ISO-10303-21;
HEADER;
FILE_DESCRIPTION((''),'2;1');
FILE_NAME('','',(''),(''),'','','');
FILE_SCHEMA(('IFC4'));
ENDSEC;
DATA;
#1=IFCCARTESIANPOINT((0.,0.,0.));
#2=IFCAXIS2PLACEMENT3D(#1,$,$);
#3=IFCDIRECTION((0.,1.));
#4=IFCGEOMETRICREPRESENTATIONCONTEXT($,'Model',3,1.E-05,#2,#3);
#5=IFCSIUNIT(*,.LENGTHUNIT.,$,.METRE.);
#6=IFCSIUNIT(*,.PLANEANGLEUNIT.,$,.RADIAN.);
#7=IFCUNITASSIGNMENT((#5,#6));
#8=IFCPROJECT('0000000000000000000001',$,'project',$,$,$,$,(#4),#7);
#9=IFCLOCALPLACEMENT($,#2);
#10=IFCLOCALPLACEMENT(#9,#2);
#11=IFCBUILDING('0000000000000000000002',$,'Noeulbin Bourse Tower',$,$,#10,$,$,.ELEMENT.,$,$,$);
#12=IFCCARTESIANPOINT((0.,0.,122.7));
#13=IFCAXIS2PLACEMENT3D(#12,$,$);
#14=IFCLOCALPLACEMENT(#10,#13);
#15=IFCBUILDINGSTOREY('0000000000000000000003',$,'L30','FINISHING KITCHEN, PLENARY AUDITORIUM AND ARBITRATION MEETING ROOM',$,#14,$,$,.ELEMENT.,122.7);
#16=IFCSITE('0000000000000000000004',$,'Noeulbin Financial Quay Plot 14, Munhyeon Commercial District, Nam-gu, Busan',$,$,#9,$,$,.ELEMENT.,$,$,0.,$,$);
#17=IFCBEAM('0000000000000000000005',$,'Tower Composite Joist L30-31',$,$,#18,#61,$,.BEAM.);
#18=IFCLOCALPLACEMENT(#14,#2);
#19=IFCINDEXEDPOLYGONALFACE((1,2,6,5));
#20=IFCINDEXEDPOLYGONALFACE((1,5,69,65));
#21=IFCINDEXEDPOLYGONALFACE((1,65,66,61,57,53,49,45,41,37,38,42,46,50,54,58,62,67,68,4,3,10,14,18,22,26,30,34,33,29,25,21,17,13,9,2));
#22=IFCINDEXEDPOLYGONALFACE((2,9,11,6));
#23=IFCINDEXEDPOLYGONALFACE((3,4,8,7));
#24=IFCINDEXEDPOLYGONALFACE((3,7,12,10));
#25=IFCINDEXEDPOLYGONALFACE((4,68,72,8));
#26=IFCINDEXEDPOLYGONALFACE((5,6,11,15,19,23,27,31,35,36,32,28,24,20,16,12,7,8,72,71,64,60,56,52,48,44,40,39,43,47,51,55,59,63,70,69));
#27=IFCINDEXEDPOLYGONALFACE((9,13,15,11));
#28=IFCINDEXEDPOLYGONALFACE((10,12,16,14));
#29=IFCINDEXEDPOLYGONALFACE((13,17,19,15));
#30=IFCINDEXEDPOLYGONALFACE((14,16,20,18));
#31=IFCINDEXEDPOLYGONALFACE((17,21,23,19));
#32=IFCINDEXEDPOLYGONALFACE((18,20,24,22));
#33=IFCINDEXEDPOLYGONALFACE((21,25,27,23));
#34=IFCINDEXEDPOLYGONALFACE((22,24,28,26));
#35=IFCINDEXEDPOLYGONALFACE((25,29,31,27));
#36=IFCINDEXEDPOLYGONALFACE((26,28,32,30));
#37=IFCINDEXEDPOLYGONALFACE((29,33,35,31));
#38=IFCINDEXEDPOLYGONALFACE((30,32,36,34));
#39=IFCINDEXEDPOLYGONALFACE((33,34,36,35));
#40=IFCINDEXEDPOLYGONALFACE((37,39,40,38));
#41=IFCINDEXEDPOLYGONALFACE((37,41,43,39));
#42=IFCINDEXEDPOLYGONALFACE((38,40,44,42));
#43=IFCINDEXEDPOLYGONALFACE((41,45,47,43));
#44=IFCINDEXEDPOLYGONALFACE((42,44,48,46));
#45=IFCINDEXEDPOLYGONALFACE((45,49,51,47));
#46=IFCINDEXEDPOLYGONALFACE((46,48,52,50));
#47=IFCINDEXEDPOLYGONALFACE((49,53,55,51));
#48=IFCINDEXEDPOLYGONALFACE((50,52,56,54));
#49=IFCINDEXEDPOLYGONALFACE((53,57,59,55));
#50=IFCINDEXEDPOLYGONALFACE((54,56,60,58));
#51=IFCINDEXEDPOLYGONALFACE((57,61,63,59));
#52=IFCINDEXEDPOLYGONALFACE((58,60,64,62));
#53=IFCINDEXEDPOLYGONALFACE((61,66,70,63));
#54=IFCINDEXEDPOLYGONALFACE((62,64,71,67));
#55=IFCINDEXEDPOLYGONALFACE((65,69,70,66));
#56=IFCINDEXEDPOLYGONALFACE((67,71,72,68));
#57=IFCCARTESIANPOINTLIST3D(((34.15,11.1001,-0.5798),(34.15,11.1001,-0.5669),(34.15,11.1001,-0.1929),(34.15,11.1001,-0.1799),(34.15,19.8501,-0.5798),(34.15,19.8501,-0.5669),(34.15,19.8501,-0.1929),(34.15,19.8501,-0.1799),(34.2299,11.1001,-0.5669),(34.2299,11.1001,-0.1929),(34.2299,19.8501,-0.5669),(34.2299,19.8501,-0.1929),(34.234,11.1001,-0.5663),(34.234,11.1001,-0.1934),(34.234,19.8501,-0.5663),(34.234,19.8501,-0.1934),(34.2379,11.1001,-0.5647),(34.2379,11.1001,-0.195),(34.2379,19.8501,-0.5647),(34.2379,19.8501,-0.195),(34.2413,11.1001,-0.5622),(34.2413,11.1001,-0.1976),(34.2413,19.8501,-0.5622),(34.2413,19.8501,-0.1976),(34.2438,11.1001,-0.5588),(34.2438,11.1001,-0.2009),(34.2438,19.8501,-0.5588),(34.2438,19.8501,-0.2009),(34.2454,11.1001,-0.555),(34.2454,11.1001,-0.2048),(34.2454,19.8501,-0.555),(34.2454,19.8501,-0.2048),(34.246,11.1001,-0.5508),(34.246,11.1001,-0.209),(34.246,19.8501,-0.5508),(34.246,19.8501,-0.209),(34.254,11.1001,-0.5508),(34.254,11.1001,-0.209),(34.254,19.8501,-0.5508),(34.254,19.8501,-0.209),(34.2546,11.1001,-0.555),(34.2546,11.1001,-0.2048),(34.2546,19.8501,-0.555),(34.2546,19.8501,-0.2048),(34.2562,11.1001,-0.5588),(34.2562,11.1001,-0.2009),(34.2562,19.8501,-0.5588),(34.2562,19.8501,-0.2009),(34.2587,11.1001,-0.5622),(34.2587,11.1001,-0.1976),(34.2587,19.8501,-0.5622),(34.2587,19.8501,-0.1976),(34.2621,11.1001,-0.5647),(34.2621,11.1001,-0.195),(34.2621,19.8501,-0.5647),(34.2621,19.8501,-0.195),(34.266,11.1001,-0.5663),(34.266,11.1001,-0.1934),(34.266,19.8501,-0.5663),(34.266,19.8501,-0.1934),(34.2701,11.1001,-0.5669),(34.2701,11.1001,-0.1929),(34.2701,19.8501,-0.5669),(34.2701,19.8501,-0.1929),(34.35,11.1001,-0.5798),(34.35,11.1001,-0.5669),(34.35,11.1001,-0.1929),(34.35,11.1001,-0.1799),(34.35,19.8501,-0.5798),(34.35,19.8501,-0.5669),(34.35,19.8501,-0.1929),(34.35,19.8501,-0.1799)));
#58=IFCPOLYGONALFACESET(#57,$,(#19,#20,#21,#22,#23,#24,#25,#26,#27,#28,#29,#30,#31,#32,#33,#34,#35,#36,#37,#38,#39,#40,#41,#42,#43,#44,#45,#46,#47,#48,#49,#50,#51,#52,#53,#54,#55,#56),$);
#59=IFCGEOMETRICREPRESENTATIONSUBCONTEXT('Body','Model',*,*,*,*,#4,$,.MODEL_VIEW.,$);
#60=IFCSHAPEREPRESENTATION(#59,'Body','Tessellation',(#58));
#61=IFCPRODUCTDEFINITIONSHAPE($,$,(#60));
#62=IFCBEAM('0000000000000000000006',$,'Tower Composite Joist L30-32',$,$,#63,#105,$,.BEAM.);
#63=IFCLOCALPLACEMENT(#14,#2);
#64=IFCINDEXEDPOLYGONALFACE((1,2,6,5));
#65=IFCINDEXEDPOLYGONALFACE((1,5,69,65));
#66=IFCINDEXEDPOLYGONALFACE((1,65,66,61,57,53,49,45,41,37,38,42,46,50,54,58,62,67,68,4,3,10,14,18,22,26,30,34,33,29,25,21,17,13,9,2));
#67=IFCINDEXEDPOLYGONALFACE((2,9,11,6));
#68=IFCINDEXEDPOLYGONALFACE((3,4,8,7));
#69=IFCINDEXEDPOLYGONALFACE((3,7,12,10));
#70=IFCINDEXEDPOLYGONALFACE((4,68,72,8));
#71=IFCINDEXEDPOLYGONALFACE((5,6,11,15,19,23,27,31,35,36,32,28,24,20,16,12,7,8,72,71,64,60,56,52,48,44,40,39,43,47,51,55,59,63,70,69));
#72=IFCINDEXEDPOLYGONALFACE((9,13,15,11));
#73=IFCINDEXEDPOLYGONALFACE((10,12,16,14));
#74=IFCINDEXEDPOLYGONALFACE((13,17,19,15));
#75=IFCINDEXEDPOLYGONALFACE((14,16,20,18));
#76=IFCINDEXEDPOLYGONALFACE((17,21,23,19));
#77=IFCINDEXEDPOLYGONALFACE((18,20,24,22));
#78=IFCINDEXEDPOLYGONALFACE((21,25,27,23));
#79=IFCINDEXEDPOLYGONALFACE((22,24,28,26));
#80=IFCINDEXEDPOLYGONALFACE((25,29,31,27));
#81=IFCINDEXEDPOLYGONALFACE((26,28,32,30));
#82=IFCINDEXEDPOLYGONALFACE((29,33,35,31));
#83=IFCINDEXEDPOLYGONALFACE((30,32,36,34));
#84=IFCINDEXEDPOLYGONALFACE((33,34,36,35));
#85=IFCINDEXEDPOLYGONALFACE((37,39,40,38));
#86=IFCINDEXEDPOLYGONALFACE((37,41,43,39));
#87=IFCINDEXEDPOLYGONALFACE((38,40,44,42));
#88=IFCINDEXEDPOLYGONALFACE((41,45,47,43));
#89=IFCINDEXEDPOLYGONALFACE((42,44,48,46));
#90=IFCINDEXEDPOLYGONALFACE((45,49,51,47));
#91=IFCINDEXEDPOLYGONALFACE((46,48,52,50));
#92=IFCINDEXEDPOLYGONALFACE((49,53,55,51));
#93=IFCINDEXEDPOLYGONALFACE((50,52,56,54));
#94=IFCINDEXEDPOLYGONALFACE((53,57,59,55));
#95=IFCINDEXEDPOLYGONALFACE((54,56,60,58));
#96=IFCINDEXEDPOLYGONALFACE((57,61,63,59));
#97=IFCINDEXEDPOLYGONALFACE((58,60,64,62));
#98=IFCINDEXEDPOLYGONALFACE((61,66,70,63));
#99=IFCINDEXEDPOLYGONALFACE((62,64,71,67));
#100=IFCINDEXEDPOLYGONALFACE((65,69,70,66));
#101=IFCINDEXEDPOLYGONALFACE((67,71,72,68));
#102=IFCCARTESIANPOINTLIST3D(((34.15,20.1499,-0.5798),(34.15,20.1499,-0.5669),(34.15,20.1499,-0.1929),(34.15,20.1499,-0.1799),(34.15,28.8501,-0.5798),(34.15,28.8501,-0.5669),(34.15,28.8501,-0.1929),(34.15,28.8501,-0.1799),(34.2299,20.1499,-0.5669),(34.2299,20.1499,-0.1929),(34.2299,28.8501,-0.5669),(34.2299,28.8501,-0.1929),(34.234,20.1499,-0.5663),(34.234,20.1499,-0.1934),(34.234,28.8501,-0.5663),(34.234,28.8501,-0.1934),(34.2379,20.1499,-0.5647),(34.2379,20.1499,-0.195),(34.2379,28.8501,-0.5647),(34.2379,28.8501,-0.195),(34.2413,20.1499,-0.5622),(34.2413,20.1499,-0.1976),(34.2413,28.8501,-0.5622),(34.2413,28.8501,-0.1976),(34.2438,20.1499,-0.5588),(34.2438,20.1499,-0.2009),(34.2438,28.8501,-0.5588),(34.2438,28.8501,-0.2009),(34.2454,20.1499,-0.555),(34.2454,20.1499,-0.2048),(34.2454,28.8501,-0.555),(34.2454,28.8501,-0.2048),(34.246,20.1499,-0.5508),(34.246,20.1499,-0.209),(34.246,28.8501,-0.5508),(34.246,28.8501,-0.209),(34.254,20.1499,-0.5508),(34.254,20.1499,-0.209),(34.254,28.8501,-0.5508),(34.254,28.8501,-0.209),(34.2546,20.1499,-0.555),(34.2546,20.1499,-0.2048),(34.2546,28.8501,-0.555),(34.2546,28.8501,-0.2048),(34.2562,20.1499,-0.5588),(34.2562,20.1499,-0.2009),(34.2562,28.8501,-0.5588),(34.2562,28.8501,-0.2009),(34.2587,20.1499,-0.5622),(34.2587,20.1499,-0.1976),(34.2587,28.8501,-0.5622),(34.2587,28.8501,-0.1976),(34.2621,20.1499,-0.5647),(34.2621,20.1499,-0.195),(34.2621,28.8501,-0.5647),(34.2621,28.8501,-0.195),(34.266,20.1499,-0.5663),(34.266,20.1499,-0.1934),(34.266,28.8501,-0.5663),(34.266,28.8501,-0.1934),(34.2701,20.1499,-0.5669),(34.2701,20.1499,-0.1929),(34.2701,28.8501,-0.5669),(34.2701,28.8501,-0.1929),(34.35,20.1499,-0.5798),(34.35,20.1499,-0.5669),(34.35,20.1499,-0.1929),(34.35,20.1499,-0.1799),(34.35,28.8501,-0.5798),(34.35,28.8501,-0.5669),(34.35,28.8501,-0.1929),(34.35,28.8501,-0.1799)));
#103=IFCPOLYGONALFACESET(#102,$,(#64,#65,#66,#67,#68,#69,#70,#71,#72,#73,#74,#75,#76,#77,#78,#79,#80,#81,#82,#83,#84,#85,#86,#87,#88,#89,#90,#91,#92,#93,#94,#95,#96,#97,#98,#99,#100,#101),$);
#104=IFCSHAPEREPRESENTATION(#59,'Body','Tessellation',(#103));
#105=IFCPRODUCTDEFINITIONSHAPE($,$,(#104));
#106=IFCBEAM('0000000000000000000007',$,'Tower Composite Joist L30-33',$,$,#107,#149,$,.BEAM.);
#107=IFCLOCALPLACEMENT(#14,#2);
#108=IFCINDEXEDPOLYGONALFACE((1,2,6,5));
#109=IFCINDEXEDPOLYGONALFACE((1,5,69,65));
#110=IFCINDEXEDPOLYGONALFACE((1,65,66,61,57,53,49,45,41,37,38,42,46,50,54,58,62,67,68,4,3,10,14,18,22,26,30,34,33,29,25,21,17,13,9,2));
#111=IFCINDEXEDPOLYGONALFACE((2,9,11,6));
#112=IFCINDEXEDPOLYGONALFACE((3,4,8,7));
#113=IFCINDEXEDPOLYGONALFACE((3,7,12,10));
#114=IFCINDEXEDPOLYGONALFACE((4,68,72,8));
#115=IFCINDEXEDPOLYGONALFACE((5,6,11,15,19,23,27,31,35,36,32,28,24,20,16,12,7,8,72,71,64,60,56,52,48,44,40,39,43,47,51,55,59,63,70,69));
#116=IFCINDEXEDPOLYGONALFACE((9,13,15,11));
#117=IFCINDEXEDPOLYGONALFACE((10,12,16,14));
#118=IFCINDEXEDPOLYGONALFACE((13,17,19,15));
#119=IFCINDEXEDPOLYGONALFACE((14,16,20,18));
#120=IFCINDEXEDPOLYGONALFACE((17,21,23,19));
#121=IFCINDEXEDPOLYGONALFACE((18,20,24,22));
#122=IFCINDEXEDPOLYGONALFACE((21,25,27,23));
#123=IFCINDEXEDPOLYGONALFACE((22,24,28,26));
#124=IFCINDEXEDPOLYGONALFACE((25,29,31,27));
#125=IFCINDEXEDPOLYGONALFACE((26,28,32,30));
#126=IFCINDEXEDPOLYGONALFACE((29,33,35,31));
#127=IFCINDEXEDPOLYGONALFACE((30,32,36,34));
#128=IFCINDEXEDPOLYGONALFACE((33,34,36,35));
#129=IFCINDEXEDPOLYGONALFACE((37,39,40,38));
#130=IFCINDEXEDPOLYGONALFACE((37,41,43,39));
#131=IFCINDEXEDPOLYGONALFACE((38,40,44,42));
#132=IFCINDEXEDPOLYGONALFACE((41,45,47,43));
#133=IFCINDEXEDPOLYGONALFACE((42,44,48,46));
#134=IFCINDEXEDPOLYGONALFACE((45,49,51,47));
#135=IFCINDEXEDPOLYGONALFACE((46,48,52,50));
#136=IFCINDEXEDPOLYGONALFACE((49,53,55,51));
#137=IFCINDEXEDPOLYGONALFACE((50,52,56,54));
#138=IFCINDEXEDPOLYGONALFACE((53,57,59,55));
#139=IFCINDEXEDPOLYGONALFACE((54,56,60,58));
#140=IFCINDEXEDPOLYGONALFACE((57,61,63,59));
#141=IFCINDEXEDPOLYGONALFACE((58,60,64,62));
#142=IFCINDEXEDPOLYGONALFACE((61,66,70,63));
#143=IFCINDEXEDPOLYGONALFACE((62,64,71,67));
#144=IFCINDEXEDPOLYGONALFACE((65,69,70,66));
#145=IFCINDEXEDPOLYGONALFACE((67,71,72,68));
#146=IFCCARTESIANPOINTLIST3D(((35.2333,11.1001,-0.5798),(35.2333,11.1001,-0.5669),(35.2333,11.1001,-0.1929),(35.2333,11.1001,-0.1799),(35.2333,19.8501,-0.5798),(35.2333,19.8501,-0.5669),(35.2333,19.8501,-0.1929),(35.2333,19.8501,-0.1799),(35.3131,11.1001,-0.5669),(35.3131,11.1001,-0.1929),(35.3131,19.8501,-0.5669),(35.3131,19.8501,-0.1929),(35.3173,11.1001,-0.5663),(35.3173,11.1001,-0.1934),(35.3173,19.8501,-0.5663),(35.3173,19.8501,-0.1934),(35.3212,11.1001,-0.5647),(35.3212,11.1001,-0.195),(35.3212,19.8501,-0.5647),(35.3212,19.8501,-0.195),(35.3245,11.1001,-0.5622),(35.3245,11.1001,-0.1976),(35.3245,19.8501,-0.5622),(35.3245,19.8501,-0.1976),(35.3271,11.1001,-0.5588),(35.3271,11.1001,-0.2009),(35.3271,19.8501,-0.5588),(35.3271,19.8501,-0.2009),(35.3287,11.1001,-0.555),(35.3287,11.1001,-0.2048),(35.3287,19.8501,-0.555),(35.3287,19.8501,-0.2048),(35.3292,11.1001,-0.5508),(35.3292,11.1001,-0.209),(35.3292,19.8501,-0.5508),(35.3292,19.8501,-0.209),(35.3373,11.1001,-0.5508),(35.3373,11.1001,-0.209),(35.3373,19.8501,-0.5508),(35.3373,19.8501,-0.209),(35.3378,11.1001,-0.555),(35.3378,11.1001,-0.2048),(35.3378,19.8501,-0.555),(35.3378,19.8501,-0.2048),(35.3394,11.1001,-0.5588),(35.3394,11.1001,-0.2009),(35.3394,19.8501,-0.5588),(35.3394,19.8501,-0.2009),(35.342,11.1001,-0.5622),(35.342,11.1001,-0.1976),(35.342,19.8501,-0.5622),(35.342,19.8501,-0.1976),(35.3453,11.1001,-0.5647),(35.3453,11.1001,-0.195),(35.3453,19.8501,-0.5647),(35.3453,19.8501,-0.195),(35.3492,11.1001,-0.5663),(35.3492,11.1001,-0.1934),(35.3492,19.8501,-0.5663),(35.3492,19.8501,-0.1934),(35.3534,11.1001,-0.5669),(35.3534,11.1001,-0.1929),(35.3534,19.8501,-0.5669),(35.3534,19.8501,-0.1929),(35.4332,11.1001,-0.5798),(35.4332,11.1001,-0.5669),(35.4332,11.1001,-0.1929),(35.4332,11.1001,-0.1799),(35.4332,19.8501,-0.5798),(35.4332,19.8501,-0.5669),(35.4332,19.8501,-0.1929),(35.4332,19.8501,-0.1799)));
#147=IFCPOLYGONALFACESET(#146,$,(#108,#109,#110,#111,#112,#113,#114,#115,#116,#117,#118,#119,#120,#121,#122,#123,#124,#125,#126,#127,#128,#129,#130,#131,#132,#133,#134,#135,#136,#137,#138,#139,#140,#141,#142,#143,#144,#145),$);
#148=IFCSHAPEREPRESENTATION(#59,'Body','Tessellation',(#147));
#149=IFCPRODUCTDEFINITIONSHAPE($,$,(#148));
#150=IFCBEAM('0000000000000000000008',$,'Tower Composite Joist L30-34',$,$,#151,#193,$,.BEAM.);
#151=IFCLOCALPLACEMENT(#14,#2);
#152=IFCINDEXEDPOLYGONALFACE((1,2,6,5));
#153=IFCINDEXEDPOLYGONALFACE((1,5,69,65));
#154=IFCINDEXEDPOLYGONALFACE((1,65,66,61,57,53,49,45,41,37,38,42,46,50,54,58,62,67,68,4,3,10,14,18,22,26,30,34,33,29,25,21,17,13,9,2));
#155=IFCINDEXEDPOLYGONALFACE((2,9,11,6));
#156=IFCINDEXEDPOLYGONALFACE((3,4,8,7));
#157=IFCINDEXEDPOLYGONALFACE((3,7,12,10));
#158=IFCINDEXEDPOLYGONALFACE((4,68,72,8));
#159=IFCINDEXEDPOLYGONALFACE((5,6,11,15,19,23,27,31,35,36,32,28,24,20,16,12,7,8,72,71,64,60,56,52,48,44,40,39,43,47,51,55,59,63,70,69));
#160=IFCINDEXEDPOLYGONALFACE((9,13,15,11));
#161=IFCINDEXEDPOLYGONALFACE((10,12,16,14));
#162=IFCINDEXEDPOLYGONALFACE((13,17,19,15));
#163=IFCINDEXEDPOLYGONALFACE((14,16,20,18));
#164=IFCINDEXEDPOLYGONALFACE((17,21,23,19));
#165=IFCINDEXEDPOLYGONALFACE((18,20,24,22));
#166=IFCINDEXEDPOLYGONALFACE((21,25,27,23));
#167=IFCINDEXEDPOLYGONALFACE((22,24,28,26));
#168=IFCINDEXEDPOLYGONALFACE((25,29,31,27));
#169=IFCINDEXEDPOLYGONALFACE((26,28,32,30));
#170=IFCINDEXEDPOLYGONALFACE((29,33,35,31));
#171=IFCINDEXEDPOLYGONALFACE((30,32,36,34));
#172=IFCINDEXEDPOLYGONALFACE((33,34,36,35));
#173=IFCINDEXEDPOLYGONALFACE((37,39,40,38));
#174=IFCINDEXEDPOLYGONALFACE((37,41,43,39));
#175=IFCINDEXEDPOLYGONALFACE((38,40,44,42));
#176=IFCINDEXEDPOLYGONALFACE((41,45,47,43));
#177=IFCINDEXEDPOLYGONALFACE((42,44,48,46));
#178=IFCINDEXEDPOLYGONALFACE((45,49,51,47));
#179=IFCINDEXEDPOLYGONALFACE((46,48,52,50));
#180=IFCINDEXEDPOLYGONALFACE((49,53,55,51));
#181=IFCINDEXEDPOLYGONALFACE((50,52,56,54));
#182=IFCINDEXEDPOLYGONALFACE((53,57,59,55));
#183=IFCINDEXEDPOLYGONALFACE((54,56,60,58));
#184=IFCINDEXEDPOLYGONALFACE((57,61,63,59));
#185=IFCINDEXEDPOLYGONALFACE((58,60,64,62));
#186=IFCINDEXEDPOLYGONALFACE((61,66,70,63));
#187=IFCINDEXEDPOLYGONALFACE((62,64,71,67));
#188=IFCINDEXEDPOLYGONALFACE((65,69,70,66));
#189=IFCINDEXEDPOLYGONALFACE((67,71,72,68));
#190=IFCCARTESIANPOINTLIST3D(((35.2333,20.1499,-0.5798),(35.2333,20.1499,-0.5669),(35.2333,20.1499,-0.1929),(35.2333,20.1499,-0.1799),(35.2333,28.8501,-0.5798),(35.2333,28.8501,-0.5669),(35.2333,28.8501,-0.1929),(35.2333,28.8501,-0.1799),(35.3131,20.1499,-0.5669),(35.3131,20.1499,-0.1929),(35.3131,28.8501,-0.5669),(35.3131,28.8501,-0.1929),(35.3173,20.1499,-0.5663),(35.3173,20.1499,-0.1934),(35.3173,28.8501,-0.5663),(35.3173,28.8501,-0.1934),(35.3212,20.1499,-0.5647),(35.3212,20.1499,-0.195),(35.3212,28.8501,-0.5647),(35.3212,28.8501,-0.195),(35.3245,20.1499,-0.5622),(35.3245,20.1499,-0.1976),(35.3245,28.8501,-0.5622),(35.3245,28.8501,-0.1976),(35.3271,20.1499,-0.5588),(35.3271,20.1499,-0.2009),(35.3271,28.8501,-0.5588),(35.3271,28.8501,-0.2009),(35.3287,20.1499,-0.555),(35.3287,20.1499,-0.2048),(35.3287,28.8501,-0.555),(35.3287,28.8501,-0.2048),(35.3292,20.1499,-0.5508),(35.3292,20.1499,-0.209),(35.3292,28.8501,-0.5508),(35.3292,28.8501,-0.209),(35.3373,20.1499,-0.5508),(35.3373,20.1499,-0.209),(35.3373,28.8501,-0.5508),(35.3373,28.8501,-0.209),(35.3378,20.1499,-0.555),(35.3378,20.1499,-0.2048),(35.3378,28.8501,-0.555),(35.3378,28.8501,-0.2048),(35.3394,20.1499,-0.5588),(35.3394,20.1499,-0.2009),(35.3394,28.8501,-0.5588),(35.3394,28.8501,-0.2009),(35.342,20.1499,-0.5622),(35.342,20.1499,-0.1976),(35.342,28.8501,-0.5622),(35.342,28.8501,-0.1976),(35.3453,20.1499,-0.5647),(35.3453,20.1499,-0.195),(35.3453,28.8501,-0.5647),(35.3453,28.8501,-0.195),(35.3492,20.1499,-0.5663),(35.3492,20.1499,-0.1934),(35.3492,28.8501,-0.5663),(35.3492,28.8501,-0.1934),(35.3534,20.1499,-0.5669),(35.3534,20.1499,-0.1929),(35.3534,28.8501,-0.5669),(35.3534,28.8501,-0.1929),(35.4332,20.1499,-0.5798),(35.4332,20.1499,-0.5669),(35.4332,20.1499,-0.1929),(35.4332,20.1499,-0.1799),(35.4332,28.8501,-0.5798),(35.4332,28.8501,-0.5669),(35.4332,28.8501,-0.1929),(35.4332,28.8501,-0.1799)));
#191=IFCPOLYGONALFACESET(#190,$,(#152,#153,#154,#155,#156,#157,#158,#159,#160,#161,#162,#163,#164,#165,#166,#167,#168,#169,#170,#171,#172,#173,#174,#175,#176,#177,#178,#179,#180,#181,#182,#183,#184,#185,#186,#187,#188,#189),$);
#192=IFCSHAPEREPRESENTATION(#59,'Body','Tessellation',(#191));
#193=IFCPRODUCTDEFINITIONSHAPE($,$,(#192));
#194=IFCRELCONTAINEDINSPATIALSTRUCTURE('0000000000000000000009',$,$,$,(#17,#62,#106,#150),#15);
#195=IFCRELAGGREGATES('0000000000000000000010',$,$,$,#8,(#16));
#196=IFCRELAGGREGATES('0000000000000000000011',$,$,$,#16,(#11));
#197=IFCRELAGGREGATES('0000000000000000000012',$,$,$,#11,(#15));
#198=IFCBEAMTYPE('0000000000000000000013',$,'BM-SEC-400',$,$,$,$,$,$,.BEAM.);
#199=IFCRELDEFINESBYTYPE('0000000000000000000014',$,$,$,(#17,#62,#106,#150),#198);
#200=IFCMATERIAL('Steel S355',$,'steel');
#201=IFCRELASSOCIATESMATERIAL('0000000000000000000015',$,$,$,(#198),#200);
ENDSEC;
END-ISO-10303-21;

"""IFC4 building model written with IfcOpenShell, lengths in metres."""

from ifc_helpers import new_model, si_unit, direction, frame, origin, origin_2d, place, context, subcontext, project, spatial, i_section, extrude, material, material_profile, profile_set, type_object, element, save


model = new_model("IFC4")

# Units and contexts
model_context = context("Model", 3, precision=1e-05, world=origin(), true_north=direction((0.0, 1.0)))
body_context = subcontext(model_context, "Body", "Model", "MODEL_VIEW")
ifc_project = project(units=[si_unit("LENGTHUNIT", "METRE"), si_unit("PLANEANGLEUNIT", "RADIAN")], contexts=[model_context])

# Site, building, storey
site_placement = place(None, origin())
site = spatial("IfcSite", under=ifc_project, at=site_placement, Name="Noeulbin Financial Quay Plot 14, Munhyeon Commercial District, Nam-gu, Busan", CompositionType="ELEMENT", RefElevation=0.0)
building_placement = place(site_placement, origin())
building = spatial("IfcBuilding", under=site, at=building_placement, Name="Noeulbin Bourse Tower", CompositionType="ELEMENT")
storey_placement = place(building_placement, frame((0.0, 0.0, 122.7)))
storey = spatial("IfcBuildingStorey", under=building, at=storey_placement, Name="L30", Description="FINISHING KITCHEN, PLENARY AUDITORIUM AND ARBITRATION MEETING ROOM", CompositionType="ELEMENT", Elevation=122.7)

# Beams
ifc_material_1 = material(Name="Steel S355", Category="steel")
ifc_material_profile_1 = material_profile(ifc_material_1, i_section(OverallWidth=0.2, OverallDepth=0.3999, WebThickness=0.0081, FlangeThickness=0.0129, FilletRadius=0.0161, at=origin_2d()), Name="H-400x200x8x13", Category="LoadBearing")
ifc_profile_set_1 = profile_set([ifc_material_profile_1], Name="Steel S355")
beam_type_1 = type_object("IfcBeamType", Name="BM-SEC-400", PredefinedType="BEAM", material=ifc_profile_set_1)
beam_1_placement = place(storey_placement, frame((34.25, 11.1001, -0.3799), z_axis=(0.0, 1.0, 0.0), x_axis=(-1.0, 0.0, 0.0)))
element("IfcBeam", 1, at=beam_1_placement, inside=storey, type_object=beam_type_1, Name="Tower Composite Joist L30-31", PredefinedType="BEAM", context=body_context, shape_type="SweptSolid", body=[
    extrude(i_section(OverallWidth=0.2, OverallDepth=0.3999, WebThickness=0.0081, FlangeThickness=0.0129, FilletRadius=0.0161, at=origin_2d()), origin(), (0.0, 0.0, 1.0), 8.75),
])
beam_2_placement = place(storey_placement, frame((34.25, 20.1499, -0.3799), z_axis=(0.0, 1.0, 0.0), x_axis=(-1.0, 0.0, 0.0)))
element("IfcBeam", 2, at=beam_2_placement, inside=storey, type_object=beam_type_1, Name="Tower Composite Joist L30-32", PredefinedType="BEAM", context=body_context, shape_type="SweptSolid", body=[
    extrude(i_section(OverallWidth=0.2, OverallDepth=0.3999, WebThickness=0.0081, FlangeThickness=0.0129, FilletRadius=0.0161, at=origin_2d()), origin(), (0.0, 0.0, 1.0), 8.7002),
])
beam_3_placement = place(storey_placement, frame((35.3333, 11.1001, -0.3799), z_axis=(0.0, 1.0, 0.0), x_axis=(-1.0, 0.0, 0.0)))
element("IfcBeam", 3, at=beam_3_placement, inside=storey, type_object=beam_type_1, Name="Tower Composite Joist L30-33", PredefinedType="BEAM", context=body_context, shape_type="SweptSolid", body=[
    extrude(i_section(OverallWidth=0.2, OverallDepth=0.3999, WebThickness=0.0081, FlangeThickness=0.0129, FilletRadius=0.0161, at=origin_2d()), origin(), (0.0, 0.0, 1.0), 8.75),
])
beam_4_placement = place(storey_placement, frame((35.3333, 20.1499, -0.3799), z_axis=(0.0, 1.0, 0.0), x_axis=(-1.0, 0.0, 0.0)))
element("IfcBeam", 4, at=beam_4_placement, inside=storey, type_object=beam_type_1, Name="Tower Composite Joist L30-34", PredefinedType="BEAM", context=body_context, shape_type="SweptSolid", body=[
    extrude(i_section(OverallWidth=0.2, OverallDepth=0.3999, WebThickness=0.0081, FlangeThickness=0.0129, FilletRadius=0.0161, at=origin_2d()), origin(), (0.0, 0.0, 1.0), 8.7002),
])

save(model, "model.ifc")
